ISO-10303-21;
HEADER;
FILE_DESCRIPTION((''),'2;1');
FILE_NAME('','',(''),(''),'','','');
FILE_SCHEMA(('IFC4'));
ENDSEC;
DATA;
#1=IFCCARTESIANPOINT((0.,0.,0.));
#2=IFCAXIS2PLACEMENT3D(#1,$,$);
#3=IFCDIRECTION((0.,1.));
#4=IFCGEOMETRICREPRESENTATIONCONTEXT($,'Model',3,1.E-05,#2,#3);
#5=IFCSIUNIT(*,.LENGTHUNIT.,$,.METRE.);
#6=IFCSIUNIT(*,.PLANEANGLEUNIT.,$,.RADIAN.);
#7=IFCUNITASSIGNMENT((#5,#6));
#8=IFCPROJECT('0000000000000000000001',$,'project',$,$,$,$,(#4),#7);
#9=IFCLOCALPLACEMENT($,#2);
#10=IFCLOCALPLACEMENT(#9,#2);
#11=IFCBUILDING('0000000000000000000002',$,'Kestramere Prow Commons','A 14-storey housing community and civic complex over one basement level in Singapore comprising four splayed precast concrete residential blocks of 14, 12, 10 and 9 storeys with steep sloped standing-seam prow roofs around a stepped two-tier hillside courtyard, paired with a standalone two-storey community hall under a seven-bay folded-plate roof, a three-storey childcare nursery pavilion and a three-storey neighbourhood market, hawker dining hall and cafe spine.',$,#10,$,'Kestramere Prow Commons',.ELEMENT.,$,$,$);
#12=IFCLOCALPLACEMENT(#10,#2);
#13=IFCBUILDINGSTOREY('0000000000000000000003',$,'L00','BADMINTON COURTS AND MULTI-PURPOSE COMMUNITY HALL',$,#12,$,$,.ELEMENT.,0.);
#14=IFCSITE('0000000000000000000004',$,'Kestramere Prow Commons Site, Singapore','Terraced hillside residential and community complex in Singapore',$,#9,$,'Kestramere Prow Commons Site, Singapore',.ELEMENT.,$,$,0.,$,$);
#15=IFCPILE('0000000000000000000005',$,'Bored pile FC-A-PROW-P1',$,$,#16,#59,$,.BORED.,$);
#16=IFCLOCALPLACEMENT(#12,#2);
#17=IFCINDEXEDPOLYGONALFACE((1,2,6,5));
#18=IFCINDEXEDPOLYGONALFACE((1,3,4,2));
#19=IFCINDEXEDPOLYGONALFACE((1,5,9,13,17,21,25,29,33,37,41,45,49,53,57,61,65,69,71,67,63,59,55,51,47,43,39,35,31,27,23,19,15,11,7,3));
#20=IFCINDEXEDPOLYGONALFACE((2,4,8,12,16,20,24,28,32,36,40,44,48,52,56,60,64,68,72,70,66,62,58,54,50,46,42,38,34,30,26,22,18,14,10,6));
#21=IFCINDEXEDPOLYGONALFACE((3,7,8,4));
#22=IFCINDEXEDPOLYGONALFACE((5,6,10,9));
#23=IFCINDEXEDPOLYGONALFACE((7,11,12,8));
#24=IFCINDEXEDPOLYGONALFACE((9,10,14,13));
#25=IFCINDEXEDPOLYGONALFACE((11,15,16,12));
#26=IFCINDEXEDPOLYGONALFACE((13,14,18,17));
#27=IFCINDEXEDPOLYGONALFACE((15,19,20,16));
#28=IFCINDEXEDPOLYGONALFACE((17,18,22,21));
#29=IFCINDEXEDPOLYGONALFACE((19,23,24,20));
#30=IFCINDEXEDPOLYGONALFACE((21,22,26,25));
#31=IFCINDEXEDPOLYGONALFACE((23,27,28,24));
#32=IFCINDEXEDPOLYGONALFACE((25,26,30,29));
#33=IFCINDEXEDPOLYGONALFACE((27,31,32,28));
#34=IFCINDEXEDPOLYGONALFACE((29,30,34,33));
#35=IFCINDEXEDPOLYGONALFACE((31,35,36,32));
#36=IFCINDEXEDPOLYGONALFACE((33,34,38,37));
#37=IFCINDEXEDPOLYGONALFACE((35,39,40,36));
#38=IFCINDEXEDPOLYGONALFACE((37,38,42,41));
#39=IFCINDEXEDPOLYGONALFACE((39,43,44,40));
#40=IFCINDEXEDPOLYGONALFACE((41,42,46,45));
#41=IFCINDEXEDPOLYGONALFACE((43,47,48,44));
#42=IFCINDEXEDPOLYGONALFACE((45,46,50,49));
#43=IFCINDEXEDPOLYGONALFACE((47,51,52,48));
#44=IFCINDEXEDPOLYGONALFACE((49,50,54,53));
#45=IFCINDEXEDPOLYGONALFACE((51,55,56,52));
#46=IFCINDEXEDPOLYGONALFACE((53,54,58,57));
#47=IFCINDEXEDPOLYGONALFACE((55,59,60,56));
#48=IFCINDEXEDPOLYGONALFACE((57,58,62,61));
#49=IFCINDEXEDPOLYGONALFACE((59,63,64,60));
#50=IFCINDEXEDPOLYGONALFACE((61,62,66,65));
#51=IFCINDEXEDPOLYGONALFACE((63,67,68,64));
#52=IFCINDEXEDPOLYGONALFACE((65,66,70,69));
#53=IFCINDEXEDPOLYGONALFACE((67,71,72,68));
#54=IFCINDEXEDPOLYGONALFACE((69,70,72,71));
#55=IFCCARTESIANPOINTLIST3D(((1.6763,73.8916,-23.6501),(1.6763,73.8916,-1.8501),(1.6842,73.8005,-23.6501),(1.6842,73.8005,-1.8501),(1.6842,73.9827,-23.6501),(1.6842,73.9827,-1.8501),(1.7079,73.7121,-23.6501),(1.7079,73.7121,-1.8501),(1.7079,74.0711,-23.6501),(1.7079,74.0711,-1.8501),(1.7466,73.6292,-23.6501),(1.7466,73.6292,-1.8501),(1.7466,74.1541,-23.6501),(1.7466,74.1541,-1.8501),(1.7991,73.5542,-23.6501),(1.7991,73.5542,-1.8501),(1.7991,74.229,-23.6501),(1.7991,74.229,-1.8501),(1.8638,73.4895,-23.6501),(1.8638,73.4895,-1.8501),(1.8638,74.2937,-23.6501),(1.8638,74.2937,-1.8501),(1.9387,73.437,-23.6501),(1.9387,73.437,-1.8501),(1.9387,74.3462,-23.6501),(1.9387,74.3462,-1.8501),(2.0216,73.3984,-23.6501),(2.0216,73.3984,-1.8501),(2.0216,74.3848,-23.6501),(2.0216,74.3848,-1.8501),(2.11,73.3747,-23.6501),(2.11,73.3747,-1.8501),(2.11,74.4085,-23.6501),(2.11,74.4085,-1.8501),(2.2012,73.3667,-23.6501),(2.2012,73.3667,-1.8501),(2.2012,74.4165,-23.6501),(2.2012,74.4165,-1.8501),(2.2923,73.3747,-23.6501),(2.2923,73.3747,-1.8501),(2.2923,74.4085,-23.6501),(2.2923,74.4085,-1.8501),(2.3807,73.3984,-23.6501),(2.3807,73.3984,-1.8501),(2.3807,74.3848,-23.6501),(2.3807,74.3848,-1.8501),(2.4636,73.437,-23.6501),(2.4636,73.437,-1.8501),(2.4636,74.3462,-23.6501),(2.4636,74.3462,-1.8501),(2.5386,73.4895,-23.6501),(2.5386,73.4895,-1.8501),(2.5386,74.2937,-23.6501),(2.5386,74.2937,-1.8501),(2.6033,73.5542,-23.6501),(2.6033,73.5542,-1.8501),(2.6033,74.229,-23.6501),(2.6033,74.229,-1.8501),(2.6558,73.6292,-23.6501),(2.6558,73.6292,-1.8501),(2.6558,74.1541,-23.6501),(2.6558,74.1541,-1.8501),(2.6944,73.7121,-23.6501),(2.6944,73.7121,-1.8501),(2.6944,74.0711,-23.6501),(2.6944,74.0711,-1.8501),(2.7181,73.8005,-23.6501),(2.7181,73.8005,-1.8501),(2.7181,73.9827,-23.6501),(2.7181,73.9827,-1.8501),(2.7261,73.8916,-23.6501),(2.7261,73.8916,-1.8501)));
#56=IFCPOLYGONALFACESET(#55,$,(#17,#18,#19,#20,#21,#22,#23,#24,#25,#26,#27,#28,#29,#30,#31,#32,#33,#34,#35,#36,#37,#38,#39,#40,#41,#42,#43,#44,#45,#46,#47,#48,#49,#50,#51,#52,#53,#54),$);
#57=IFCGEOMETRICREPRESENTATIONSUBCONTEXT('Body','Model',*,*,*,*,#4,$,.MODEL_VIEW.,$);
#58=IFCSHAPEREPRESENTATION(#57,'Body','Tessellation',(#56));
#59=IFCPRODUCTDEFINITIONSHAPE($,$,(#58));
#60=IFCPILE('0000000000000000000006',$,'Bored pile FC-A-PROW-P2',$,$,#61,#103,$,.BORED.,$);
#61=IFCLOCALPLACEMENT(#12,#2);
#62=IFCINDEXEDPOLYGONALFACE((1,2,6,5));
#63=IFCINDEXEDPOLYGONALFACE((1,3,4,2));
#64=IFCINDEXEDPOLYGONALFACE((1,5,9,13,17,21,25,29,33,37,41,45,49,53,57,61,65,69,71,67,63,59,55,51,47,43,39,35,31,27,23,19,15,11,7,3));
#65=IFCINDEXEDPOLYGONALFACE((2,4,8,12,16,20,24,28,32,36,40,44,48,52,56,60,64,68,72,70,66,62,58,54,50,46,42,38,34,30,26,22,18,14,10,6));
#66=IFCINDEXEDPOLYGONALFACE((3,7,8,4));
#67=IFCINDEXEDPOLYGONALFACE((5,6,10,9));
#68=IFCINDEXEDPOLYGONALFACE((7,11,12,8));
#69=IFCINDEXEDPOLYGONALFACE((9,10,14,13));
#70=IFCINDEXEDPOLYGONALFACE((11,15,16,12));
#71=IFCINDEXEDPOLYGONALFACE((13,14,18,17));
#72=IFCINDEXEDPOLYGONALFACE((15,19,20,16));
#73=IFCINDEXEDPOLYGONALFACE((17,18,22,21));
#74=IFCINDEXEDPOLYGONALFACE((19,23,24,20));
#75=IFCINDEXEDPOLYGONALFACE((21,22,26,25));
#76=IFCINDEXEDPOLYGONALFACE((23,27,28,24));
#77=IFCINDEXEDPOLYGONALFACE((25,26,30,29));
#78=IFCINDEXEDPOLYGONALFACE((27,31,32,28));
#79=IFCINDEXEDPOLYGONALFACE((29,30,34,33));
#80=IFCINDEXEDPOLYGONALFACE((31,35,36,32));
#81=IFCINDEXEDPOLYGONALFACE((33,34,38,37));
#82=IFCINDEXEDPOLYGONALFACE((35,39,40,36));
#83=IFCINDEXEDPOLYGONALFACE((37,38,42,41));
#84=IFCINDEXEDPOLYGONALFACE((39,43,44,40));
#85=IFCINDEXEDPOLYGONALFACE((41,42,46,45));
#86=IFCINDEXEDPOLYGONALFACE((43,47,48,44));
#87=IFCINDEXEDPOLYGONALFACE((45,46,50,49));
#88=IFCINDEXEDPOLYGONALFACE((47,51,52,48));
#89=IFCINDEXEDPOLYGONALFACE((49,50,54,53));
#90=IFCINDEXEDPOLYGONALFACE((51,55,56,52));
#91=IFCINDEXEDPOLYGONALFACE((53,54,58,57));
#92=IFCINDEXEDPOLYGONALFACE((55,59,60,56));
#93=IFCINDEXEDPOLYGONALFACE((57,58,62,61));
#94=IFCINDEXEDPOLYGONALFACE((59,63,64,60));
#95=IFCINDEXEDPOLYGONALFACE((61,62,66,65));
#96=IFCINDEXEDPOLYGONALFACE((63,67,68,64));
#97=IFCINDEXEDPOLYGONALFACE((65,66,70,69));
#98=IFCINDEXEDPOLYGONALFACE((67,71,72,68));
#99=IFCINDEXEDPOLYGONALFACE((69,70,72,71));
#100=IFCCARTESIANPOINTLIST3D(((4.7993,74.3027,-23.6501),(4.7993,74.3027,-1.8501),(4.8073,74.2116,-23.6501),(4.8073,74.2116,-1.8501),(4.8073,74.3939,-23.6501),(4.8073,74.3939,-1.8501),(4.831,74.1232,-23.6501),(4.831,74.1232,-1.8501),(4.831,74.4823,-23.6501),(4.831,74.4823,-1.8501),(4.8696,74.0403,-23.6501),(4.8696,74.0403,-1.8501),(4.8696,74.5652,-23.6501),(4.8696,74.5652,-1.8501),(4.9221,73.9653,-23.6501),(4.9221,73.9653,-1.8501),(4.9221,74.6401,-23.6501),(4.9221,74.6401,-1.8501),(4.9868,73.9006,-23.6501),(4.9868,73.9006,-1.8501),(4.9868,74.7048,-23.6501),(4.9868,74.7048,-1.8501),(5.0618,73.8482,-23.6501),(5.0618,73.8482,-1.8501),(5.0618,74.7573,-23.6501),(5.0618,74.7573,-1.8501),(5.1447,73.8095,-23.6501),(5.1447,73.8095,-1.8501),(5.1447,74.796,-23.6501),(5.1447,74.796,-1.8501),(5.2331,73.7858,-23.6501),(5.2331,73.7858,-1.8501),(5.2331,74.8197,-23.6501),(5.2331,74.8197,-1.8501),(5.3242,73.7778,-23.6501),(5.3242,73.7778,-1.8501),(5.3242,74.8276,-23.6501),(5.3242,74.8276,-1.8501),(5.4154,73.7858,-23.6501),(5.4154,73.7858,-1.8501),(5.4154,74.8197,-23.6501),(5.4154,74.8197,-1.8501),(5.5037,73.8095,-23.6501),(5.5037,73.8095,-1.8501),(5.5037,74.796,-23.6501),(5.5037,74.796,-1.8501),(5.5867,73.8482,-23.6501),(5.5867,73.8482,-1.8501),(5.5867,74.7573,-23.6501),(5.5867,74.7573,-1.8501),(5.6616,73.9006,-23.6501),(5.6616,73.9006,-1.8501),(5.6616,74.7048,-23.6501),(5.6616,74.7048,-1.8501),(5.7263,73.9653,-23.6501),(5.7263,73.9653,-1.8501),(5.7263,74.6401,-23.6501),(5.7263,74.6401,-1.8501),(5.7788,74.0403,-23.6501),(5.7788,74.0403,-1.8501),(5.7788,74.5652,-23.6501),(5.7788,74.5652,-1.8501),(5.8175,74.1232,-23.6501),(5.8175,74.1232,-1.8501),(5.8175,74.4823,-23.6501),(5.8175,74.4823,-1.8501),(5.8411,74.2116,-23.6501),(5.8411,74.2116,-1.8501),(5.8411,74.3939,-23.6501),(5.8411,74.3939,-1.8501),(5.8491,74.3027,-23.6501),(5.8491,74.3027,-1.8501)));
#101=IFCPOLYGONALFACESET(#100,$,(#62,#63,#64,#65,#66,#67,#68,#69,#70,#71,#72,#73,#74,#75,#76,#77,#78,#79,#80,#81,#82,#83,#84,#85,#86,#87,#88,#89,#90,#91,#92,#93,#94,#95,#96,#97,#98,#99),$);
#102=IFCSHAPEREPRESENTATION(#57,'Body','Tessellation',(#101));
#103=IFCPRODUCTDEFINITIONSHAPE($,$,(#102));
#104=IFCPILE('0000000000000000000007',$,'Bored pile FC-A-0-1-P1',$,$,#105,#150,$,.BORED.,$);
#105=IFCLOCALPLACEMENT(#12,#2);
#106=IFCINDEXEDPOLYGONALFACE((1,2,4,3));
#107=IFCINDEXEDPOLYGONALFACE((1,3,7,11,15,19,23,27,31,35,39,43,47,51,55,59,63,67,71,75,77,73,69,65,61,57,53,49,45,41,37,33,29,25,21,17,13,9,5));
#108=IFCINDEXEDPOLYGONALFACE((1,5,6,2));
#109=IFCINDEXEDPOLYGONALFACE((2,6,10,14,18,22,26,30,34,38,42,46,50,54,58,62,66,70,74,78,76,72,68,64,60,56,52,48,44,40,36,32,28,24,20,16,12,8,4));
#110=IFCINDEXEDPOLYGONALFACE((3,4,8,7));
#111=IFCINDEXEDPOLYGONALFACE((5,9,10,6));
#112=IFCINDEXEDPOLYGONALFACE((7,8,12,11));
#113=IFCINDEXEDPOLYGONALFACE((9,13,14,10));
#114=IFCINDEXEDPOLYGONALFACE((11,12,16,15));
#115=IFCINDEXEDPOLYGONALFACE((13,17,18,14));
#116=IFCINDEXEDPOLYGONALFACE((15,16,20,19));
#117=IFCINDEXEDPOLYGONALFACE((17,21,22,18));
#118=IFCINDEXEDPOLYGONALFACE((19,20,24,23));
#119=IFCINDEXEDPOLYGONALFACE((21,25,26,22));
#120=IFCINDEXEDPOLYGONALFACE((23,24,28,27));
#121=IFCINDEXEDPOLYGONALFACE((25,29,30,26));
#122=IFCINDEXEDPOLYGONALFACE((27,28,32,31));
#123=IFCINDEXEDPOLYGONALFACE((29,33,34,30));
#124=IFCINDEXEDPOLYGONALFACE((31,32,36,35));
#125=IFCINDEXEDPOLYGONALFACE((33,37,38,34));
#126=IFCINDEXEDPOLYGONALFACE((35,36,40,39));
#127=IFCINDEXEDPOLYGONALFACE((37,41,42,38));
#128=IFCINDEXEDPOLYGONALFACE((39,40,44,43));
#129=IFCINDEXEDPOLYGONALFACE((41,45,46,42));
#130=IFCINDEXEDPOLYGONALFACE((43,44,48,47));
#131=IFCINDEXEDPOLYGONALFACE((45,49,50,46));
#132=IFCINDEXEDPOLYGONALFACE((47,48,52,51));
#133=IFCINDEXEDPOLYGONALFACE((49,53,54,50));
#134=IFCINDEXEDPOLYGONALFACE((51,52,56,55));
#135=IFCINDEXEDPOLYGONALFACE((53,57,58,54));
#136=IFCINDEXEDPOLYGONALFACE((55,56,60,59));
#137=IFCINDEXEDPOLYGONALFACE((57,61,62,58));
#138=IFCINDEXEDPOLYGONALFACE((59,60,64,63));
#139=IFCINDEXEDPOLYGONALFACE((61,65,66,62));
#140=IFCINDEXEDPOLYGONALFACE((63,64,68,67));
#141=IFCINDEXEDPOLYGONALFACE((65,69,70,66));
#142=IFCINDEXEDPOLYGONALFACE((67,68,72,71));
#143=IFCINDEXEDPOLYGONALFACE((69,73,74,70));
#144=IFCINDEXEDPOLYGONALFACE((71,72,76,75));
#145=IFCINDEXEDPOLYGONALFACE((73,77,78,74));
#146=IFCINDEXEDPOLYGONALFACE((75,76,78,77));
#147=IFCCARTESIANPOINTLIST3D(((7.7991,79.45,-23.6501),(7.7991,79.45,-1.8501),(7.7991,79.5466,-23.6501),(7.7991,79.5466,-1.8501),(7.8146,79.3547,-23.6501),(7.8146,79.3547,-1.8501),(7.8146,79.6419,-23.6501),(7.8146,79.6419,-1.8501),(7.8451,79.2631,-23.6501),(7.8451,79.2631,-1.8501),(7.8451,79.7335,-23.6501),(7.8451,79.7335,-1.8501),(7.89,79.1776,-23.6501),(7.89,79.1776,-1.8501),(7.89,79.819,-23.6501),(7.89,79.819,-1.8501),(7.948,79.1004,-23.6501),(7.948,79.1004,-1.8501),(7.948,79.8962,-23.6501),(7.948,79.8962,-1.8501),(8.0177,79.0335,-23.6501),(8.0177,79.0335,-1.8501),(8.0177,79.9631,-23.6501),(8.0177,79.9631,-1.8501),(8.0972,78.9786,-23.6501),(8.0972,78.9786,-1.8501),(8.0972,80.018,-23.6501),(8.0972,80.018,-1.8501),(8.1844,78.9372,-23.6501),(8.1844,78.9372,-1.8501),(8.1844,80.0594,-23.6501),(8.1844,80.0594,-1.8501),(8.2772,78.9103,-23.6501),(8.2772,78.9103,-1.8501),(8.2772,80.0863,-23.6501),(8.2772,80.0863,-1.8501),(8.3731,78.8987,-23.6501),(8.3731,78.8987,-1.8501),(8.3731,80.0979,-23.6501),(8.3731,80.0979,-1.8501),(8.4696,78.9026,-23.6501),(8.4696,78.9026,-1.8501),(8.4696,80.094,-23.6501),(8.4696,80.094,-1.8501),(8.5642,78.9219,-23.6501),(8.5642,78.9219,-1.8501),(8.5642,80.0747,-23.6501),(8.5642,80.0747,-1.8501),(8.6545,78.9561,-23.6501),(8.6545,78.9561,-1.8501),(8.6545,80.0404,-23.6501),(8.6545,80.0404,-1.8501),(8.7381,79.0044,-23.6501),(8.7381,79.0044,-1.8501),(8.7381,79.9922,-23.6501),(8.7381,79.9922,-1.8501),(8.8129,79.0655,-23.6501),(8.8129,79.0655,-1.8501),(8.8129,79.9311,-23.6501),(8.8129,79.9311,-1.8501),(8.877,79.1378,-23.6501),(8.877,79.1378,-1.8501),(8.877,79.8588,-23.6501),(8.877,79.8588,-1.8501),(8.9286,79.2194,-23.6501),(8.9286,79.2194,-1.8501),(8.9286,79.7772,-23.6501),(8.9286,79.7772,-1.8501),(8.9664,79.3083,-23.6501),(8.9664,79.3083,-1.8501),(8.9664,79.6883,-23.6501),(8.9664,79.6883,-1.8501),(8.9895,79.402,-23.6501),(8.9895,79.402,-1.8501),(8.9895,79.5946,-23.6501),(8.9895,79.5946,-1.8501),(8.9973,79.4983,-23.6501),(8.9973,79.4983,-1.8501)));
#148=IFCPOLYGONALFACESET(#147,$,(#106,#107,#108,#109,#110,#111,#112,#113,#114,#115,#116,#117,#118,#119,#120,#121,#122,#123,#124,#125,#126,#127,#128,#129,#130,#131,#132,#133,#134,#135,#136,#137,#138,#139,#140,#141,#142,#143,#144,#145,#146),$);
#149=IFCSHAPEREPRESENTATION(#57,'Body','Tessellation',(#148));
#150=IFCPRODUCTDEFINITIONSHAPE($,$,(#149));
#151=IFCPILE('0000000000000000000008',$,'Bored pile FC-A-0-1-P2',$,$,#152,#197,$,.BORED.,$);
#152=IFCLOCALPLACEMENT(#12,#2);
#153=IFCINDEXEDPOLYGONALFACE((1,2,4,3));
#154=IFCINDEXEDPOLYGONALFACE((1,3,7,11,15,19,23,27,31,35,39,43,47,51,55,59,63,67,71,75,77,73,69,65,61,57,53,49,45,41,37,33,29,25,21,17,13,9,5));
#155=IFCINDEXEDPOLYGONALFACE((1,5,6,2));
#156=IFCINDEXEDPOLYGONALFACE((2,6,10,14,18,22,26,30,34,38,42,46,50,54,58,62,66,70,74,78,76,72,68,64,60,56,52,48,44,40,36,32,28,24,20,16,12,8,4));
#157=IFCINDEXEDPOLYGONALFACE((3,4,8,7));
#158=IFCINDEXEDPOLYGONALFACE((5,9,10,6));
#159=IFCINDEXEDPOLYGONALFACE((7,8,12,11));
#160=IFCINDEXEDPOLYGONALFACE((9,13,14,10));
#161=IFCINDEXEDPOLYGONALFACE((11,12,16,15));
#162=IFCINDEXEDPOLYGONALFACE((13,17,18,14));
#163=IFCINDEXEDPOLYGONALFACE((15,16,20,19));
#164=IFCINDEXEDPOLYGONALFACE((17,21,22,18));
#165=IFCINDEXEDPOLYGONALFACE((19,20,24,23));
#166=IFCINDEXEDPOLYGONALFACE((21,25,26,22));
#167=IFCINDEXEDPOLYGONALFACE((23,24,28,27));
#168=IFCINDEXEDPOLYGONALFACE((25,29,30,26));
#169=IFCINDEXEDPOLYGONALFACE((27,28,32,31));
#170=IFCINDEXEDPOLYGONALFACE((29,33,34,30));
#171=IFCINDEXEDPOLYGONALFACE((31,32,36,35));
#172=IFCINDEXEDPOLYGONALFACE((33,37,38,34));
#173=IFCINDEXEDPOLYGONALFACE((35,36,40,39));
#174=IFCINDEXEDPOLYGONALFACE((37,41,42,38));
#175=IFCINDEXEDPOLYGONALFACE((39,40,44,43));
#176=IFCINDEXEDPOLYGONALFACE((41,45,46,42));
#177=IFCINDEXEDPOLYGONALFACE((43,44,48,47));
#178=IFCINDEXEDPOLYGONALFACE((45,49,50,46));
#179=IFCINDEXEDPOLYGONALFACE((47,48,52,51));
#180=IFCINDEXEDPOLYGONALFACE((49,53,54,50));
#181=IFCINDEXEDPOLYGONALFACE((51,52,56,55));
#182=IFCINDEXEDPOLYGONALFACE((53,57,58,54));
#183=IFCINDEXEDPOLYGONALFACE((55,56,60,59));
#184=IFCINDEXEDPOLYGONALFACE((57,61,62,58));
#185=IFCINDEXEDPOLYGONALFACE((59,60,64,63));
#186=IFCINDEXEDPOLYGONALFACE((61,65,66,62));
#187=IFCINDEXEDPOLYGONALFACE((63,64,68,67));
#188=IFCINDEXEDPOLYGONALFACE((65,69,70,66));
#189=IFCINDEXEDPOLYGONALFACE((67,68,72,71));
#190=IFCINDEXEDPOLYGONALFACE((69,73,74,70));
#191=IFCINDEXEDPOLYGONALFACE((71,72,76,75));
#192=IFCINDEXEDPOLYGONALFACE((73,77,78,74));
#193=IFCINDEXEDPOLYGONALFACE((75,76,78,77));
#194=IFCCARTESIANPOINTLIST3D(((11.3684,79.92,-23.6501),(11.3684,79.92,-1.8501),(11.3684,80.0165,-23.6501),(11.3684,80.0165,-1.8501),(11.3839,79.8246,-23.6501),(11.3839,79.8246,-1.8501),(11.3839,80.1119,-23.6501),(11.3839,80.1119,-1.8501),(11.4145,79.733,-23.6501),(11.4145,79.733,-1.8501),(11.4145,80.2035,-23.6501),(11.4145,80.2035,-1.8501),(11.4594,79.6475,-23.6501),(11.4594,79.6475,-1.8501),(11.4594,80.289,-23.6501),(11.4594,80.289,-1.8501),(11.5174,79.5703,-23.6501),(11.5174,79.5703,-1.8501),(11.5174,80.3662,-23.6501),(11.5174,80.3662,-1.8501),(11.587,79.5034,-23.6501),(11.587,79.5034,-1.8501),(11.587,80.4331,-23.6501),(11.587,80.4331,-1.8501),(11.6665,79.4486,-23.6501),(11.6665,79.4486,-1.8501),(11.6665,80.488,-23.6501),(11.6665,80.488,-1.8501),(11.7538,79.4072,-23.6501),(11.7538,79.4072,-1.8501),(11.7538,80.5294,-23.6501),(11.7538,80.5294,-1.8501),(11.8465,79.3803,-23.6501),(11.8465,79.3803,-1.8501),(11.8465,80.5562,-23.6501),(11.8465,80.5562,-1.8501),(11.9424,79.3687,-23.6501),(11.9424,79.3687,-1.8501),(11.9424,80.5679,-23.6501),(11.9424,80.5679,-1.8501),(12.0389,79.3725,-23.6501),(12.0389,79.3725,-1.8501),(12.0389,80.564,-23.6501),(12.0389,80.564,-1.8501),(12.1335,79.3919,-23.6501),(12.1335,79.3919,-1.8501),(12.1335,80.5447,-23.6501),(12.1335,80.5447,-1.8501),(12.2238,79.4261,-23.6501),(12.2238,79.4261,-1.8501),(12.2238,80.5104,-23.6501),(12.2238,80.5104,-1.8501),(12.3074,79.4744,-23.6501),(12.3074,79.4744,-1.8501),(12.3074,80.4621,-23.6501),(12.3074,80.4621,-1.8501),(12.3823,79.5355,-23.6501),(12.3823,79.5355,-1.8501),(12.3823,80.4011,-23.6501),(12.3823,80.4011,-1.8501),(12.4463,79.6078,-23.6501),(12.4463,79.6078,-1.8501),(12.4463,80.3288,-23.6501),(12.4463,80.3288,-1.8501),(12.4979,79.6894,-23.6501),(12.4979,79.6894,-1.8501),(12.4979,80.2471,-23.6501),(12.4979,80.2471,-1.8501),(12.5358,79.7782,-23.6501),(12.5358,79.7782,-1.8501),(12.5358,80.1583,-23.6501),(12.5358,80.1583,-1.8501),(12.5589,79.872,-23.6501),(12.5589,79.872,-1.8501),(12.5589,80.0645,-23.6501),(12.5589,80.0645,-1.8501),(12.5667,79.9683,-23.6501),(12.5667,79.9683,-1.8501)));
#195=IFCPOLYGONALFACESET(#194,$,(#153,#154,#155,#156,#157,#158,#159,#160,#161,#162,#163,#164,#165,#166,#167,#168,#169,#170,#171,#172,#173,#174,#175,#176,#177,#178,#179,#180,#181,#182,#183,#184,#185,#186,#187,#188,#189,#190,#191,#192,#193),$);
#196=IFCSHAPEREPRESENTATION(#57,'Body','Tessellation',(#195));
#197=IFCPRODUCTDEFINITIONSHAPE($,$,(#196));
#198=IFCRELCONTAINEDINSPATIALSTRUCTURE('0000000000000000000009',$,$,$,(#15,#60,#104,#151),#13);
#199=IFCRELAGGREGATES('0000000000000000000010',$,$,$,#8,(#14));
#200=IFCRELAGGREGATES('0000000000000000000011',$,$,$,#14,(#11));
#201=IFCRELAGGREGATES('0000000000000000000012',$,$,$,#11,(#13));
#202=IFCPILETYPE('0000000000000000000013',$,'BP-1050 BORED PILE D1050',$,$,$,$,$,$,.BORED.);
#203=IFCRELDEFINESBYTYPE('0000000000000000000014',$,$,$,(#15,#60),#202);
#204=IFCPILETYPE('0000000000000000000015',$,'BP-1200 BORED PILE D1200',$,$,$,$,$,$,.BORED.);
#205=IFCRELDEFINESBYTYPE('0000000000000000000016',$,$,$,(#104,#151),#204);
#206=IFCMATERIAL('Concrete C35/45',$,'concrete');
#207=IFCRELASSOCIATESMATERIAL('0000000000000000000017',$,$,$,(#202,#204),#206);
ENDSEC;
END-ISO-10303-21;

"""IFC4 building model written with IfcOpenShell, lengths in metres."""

from ifc_helpers import new_model, si_unit, direction, frame, origin, origin_2d, place, context, subcontext, project, spatial, circle, extrude, material, material_profile, profile_set, type_object, element, save


model = new_model("IFC4")

# Units and contexts
model_context = context("Model", 3, precision=1e-05, world=origin(), true_north=direction((0.0, 1.0)))
body_context = subcontext(model_context, "Body", "Model", "MODEL_VIEW")
ifc_project = project(units=[si_unit("LENGTHUNIT", "METRE"), si_unit("PLANEANGLEUNIT", "RADIAN")], contexts=[model_context])

# Site, building, storey
site_placement = place(None, origin())
site = spatial("IfcSite", under=ifc_project, at=site_placement, Name="Kestramere Prow Commons Site, Singapore", Description="Terraced hillside residential and community complex in Singapore", LongName="Kestramere Prow Commons Site, Singapore", CompositionType="ELEMENT", RefElevation=0.0)
building_placement = place(site_placement, origin())
building = spatial("IfcBuilding", under=site, at=building_placement, Name="Kestramere Prow Commons", Description="A 14-storey housing community and civic complex over one basement level in Singapore comprising four splayed precast concrete residential blocks of 14, 12, 10 and 9 storeys with steep sloped standing-seam prow roofs around a stepped two-tier hillside courtyard, paired with a standalone two-storey community hall under a seven-bay folded-plate roof, a three-storey childcare nursery pavilion and a three-storey neighbourhood market, hawker dining hall and cafe spine.", LongName="Kestramere Prow Commons", CompositionType="ELEMENT")
storey_placement = place(building_placement, origin())
storey = spatial("IfcBuildingStorey", under=building, at=storey_placement, Name="L00", Description="BADMINTON COURTS AND MULTI-PURPOSE COMMUNITY HALL", CompositionType="ELEMENT", Elevation=0.0)

# Piles
ifc_material_1 = material(Name="Concrete C35/45", Category="concrete")
ifc_material_profile_1 = material_profile(ifc_material_1, circle(Radius=0.5249, at=origin_2d()), Name="BORED PILE D1050")
ifc_profile_set_1 = profile_set([ifc_material_profile_1], Name="Concrete C35/45")
pile_type_1 = type_object("IfcPileType", Name="BP-1050 BORED PILE D1050", PredefinedType="BORED", material=ifc_profile_set_1)
for number, where, z_axis, x_axis, name in (
    (1, (2.2012, 73.8916, -1.8501), (0.0, 0.0, -1.0), (1.0, 0.0, 0.0), "Bored pile FC-A-PROW-P1"),
    (2, (5.3242, 74.3027, -1.8501), (0.0, 0.0, -1.0), (1.0, 0.0, 0.0), "Bored pile FC-A-PROW-P2"),
):
    element("IfcPile", number, at=place(storey_placement, frame(where, z_axis=z_axis, x_axis=x_axis)), inside=storey, type_object=pile_type_1, Name=name, PredefinedType="BORED", context=body_context, shape_type="SweptSolid", body=[
        extrude(circle(Radius=0.5249, at=origin_2d()), origin(), (0.0, 0.0, 1.0), 21.8),
    ])
ifc_material_profile_2 = material_profile(ifc_material_1, circle(Radius=0.6001, at=origin_2d()), Name="BORED PILE D1200")
ifc_profile_set_2 = profile_set([ifc_material_profile_2], Name="Concrete C35/45")
pile_type_2 = type_object("IfcPileType", Name="BP-1200 BORED PILE D1200", PredefinedType="BORED", material=ifc_profile_set_2)
for number, where, z_axis, x_axis, name in (
    (3, (8.3972, 79.4983, -1.8501), (0.0, 0.0, -1.0), (1.0, 0.0, 0.0), "Bored pile FC-A-0-1-P1"),
    (4, (11.9666, 79.9683, -1.8501), (0.0, 0.0, -1.0), (1.0, 0.0, 0.0), "Bored pile FC-A-0-1-P2"),
):
    element("IfcPile", number, at=place(storey_placement, frame(where, z_axis=z_axis, x_axis=x_axis)), inside=storey, type_object=pile_type_2, Name=name, PredefinedType="BORED", context=body_context, shape_type="SweptSolid", body=[
        extrude(circle(Radius=0.6001, at=origin_2d()), origin(), (0.0, 0.0, 1.0), 21.8),
    ])

save(model, "model.ifc")
